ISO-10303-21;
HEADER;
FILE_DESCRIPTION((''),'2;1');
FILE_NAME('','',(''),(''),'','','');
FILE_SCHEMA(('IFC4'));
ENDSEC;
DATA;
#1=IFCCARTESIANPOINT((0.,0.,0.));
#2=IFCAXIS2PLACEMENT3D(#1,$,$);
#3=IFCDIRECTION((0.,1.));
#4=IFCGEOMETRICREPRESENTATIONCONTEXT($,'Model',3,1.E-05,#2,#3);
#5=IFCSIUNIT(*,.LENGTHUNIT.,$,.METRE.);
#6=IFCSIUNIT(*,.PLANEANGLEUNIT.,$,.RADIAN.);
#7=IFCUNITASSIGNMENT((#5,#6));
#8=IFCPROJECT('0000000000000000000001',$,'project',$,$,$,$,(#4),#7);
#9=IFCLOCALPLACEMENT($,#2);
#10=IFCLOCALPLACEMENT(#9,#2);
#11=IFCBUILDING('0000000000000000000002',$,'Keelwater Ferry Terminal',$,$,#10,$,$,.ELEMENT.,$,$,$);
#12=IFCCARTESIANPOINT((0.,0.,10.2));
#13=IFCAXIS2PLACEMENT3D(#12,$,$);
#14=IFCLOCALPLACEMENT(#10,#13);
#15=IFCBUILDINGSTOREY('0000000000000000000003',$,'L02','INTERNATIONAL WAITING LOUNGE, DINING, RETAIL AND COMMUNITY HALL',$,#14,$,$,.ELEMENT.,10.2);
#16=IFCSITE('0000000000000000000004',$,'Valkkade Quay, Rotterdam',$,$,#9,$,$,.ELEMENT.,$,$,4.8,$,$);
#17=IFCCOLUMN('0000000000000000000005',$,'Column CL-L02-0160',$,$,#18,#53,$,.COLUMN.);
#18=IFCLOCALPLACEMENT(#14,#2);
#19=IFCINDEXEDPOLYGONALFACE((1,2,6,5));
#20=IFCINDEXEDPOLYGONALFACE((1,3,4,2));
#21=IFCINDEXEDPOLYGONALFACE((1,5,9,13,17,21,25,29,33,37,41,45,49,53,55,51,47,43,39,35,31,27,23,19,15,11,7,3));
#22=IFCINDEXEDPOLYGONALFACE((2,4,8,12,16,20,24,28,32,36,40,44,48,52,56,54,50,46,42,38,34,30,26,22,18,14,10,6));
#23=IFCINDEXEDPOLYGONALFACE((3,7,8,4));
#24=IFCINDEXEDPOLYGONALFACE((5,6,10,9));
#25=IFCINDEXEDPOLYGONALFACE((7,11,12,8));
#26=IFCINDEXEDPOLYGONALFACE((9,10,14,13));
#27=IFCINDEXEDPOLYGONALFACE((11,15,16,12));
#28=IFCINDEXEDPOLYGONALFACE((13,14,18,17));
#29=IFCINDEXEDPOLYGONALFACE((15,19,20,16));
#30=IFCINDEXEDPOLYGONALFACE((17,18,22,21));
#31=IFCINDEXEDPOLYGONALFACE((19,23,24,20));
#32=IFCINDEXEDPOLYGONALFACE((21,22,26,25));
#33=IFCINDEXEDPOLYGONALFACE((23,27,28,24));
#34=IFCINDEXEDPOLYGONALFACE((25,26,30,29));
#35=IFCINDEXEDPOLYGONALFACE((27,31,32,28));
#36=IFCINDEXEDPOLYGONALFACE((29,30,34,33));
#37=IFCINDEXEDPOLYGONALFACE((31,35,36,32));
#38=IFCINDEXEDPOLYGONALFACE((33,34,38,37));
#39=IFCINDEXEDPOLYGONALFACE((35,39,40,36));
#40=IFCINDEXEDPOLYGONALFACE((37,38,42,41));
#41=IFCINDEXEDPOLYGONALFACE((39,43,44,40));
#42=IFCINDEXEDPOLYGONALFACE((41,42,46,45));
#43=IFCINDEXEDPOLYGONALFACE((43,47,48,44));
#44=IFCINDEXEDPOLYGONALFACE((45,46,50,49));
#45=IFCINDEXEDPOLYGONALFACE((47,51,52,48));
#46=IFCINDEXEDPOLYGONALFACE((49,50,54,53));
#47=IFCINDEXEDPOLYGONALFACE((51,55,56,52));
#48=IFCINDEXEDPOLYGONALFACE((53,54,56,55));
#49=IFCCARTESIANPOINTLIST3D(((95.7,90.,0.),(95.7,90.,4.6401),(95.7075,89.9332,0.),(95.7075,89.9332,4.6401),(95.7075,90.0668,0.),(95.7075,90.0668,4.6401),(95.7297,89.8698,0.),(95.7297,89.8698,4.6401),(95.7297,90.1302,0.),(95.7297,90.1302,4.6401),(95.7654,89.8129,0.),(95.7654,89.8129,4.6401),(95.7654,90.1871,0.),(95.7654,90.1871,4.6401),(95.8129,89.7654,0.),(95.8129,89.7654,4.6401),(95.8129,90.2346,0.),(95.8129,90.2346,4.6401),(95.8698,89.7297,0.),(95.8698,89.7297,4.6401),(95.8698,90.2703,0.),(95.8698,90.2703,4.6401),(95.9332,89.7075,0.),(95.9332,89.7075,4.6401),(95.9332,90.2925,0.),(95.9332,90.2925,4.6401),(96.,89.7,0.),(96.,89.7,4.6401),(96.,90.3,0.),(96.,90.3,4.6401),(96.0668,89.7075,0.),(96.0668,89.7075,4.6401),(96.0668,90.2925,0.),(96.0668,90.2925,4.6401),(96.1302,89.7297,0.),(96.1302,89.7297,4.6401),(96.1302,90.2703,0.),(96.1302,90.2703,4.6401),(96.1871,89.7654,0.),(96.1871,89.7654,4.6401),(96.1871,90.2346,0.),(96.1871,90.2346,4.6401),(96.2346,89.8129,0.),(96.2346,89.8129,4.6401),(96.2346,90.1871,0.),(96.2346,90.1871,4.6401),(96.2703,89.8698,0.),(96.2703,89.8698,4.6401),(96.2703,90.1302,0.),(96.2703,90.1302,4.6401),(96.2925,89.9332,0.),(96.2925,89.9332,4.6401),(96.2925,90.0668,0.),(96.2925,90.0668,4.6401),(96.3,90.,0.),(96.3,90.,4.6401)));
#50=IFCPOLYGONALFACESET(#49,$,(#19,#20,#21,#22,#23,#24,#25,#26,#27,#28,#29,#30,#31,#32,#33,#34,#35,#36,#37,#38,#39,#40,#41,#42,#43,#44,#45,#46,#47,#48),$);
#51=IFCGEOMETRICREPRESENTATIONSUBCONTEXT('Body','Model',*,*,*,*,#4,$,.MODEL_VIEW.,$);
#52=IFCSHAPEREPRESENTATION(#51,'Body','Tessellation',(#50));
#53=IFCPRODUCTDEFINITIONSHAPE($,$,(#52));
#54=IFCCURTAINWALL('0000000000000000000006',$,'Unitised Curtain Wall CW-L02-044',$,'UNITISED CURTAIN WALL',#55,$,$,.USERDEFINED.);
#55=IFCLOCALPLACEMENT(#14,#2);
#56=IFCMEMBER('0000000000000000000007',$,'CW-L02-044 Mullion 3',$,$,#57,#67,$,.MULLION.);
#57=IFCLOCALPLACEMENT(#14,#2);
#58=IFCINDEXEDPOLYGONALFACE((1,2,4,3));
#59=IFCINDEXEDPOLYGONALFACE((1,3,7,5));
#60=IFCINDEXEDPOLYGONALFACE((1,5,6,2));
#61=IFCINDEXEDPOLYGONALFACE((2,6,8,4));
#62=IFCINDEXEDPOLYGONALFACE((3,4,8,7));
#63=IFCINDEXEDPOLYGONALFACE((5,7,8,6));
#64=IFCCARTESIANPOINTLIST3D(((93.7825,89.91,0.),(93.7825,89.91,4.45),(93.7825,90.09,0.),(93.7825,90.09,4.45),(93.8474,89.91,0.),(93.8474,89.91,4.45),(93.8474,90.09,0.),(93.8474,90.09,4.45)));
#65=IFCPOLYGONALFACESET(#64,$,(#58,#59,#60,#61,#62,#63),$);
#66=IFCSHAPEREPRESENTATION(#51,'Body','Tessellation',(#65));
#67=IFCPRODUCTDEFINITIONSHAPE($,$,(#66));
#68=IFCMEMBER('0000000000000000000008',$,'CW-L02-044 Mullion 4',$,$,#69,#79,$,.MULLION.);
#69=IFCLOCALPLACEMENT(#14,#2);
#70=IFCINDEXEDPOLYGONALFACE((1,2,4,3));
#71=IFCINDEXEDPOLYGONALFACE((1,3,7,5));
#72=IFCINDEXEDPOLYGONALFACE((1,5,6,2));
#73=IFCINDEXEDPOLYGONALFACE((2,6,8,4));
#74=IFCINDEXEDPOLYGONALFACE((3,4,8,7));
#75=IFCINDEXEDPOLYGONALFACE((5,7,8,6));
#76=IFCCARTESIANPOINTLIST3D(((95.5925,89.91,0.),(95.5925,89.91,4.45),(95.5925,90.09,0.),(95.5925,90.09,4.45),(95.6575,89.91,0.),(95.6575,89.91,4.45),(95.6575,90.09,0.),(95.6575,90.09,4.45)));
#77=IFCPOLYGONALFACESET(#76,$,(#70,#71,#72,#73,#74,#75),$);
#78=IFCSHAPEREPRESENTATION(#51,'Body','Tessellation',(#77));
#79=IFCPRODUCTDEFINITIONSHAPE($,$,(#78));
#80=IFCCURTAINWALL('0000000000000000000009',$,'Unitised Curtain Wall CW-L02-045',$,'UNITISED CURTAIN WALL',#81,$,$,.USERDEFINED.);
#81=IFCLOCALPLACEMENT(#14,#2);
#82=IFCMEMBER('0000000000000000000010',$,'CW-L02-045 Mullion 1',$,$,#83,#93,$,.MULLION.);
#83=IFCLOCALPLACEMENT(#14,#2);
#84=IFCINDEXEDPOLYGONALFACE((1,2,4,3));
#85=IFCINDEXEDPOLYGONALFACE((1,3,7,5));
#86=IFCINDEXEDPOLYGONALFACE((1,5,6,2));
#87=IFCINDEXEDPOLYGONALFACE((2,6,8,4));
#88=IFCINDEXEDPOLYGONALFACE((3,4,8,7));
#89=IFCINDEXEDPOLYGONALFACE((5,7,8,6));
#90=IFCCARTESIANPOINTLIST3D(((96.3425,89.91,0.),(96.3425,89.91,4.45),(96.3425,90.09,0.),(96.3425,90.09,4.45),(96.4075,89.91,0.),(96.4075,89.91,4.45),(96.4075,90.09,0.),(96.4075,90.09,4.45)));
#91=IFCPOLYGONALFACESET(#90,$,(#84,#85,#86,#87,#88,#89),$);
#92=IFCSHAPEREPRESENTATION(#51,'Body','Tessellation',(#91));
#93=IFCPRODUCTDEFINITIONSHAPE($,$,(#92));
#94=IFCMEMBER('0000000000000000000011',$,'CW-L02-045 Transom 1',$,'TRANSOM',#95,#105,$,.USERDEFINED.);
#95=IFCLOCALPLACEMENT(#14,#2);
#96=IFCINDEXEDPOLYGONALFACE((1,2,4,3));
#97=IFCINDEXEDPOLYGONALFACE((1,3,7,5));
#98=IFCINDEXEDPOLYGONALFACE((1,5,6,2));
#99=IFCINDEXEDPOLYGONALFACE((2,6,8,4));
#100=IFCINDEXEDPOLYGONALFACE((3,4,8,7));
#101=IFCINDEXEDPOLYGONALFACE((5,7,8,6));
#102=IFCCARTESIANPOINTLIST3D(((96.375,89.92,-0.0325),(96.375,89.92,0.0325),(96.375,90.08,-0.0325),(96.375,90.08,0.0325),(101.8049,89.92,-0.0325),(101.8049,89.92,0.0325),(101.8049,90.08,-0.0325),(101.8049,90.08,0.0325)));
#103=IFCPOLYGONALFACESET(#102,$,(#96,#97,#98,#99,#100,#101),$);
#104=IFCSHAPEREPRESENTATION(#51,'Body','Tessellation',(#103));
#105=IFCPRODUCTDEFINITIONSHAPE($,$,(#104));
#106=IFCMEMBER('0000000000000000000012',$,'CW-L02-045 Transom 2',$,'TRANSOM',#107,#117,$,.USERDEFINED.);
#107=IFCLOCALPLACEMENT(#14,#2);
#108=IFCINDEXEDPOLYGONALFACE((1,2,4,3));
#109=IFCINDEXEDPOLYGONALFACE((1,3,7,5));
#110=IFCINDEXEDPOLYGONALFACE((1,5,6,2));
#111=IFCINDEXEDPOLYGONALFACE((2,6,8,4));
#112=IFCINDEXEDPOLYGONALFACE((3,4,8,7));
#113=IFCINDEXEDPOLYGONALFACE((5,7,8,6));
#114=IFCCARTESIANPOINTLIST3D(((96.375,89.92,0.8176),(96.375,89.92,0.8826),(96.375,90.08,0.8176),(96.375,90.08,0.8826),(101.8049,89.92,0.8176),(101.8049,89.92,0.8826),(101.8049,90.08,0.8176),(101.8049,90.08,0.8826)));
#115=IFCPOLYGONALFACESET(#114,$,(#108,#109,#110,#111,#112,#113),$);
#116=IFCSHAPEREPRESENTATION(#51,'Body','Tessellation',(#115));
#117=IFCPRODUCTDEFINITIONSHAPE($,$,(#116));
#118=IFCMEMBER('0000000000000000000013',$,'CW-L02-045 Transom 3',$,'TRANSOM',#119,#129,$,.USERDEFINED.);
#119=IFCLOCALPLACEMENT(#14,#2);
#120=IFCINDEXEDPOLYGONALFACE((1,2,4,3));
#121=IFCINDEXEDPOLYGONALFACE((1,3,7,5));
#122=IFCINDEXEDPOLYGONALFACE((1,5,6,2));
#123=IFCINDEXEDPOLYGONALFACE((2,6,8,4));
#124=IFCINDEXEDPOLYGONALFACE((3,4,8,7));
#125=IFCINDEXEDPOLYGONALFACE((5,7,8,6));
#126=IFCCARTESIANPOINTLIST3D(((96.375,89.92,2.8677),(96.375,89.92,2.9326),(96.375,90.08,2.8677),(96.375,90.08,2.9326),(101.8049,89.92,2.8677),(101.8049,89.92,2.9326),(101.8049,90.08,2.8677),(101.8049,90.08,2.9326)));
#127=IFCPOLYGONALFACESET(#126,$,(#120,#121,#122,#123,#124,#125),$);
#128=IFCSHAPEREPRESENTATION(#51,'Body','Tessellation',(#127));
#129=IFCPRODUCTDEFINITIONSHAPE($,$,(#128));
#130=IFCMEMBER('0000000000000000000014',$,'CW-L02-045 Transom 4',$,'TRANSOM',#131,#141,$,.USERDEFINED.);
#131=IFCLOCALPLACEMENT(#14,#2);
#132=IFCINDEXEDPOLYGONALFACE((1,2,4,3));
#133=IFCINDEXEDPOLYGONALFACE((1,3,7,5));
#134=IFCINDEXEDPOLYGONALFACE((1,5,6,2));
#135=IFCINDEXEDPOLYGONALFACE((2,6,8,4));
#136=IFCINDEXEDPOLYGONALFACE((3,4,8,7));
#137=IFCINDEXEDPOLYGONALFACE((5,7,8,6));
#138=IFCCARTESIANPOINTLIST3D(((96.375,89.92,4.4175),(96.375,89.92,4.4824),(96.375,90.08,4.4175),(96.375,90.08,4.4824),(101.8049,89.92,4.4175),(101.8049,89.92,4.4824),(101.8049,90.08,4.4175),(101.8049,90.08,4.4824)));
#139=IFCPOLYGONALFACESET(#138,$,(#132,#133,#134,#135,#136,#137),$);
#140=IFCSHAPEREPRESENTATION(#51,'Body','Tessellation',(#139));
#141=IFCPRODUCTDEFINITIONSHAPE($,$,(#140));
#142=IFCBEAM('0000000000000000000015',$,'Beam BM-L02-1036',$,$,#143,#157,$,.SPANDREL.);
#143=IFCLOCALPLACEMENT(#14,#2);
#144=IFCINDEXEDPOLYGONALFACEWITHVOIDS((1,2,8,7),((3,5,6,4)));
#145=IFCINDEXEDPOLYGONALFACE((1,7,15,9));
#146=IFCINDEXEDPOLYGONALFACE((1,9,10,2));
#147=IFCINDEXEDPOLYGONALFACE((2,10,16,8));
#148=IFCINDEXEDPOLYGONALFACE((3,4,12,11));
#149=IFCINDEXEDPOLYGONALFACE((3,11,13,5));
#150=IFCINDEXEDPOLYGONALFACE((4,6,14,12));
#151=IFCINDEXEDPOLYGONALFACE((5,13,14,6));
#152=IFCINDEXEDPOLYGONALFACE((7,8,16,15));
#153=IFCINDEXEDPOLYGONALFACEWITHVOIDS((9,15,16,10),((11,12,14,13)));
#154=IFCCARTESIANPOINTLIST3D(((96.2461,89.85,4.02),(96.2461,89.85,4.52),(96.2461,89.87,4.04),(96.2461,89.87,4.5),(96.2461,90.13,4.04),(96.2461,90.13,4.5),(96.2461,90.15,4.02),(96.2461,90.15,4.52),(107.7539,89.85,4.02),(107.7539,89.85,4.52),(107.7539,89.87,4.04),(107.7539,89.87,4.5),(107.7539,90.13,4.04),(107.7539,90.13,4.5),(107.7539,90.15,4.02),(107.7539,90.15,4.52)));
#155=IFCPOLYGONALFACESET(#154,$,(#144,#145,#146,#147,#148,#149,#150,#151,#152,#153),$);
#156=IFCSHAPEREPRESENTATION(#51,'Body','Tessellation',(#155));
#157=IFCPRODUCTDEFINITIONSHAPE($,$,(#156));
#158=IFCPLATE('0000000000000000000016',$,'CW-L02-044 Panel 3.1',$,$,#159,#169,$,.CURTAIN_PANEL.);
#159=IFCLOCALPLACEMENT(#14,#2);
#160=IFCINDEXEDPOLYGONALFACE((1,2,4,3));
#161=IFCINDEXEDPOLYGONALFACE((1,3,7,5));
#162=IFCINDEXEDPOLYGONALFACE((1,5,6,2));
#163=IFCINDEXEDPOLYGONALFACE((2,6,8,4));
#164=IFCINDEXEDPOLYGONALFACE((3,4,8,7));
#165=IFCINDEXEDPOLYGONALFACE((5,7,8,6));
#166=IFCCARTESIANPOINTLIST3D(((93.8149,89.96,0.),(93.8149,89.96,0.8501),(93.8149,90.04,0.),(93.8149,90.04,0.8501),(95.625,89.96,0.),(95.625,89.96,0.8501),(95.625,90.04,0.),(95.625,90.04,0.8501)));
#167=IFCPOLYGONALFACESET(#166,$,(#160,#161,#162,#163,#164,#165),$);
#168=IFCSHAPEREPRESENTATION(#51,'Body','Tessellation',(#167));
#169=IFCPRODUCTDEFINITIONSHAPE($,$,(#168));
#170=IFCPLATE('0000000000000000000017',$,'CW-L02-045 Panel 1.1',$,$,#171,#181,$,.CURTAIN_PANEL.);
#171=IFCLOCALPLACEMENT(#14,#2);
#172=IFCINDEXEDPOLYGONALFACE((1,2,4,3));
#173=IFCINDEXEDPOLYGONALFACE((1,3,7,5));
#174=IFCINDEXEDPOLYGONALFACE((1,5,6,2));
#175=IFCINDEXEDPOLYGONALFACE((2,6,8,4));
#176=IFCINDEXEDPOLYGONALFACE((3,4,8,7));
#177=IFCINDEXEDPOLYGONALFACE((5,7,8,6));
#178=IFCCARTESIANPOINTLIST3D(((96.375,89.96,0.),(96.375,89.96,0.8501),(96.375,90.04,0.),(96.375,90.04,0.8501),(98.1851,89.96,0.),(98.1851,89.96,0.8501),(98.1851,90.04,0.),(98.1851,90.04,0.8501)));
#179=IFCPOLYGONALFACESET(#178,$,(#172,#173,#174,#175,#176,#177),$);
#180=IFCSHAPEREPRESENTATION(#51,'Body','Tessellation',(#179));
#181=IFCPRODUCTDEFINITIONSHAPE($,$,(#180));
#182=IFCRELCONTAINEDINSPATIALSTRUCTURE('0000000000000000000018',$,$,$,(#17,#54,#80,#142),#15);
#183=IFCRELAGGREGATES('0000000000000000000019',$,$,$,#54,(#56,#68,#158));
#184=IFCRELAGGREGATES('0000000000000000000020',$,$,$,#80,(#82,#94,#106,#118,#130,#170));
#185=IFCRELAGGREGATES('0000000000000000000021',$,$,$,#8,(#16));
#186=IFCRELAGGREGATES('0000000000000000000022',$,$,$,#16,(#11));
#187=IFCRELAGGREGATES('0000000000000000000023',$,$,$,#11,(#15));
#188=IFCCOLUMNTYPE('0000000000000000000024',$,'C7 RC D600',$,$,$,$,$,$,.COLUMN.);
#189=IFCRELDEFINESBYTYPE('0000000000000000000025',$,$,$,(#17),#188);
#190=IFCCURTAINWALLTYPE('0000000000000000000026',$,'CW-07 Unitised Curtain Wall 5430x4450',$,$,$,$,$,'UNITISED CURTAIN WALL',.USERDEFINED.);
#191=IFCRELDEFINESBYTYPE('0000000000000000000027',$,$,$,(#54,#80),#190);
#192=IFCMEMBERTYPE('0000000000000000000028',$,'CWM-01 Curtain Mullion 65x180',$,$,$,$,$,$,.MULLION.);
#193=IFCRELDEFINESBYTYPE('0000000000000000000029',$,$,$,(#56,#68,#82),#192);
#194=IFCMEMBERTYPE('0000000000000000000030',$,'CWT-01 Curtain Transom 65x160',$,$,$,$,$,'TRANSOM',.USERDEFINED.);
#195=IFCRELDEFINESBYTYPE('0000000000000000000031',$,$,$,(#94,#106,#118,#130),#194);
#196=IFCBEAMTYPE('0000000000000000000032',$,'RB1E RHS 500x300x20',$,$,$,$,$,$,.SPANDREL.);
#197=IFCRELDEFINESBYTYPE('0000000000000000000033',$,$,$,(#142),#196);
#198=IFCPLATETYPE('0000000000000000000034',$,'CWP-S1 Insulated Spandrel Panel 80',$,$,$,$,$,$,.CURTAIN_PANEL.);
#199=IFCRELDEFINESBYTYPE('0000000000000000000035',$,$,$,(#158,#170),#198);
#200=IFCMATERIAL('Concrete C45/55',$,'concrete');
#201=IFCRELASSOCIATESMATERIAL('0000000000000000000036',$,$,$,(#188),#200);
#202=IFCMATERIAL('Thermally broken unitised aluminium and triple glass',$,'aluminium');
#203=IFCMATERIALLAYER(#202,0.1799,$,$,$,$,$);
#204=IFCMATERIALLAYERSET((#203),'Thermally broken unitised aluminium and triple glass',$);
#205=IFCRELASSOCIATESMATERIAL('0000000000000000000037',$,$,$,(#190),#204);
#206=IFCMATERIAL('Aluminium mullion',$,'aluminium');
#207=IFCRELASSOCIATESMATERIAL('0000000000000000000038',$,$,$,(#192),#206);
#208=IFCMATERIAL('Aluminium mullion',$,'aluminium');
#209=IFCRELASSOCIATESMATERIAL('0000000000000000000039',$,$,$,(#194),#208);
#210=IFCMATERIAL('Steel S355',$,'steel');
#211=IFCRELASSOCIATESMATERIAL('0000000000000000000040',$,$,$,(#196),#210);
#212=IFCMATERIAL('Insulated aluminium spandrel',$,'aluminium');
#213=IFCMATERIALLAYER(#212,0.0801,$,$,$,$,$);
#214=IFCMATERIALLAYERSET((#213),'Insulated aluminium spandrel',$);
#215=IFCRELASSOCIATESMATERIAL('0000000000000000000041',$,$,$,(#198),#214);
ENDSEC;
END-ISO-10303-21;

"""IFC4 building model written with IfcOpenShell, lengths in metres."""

from ifc_helpers import new_model, si_unit, direction, frame, origin, origin_2d, place, context, subcontext, project, spatial, rectangle, hollow_rectangle, circle, extrude, material, layer, layer_set, material_profile, profile_set, type_object, element, aggregate, save


model = new_model("IFC4")

# Units and contexts
model_context = context("Model", 3, precision=1e-05, world=origin(), true_north=direction((0.0, 1.0)))
body_context = subcontext(model_context, "Body", "Model", "MODEL_VIEW")
ifc_project = project(units=[si_unit("LENGTHUNIT", "METRE"), si_unit("PLANEANGLEUNIT", "RADIAN")], contexts=[model_context])

# Site, building, storey
site_placement = place(None, origin())
site = spatial("IfcSite", under=ifc_project, at=site_placement, Name="Valkkade Quay, Rotterdam", CompositionType="ELEMENT", RefElevation=4.8)
building_placement = place(site_placement, origin())
building = spatial("IfcBuilding", under=site, at=building_placement, Name="Keelwater Ferry Terminal", CompositionType="ELEMENT")
storey_placement = place(building_placement, frame((0.0, 0.0, 10.2)))
storey = spatial("IfcBuildingStorey", under=building, at=storey_placement, Name="L02", Description="INTERNATIONAL WAITING LOUNGE, DINING, RETAIL AND COMMUNITY HALL", CompositionType="ELEMENT", Elevation=10.2)

# Column
ifc_material_1 = material(Name="Concrete C45/55", Category="concrete")
ifc_material_profile_1 = material_profile(ifc_material_1, circle(Radius=0.3, at=origin_2d()), Name="RC D600")
ifc_profile_set_1 = profile_set([ifc_material_profile_1], Name="Concrete C45/55")
column_type = type_object("IfcColumnType", Name="C7 RC D600", PredefinedType="COLUMN", material=ifc_profile_set_1)
column_placement = place(storey_placement, frame((96.0, 90.0, 0.0), z_axis=(0.0, 0.0, 1.0), x_axis=(1.0, 0.0, 0.0)))
element("IfcColumn", 1, at=column_placement, inside=storey, type_object=column_type, Name="Column CL-L02-0160", PredefinedType="COLUMN", context=body_context, shape_type="SweptSolid", body=[
    extrude(circle(Radius=0.3, at=origin_2d()), origin(), (0.0, 0.0, 1.0), 4.6401),
])

# Curtain walls, members
ifc_material_2 = material(Name="Thermally broken unitised aluminium and triple glass", Category="aluminium")
ifc_layer_1 = layer(ifc_material_2, 0.1799)
ifc_layer_set_1 = layer_set([ifc_layer_1], Name="Thermally broken unitised aluminium and triple glass")
curtain_wall_type = type_object("IfcCurtainWallType", Name="CW-07 Unitised Curtain Wall 5430x4450", ElementType="UNITISED CURTAIN WALL", PredefinedType="USERDEFINED", material=ifc_layer_set_1)
curtain_wall_1_placement = place(storey_placement, origin())
curtain_wall_1 = element("IfcCurtainWall", 2, at=curtain_wall_1_placement, inside=storey, type_object=curtain_wall_type, Name="Unitised Curtain Wall CW-L02-044", ObjectType="UNITISED CURTAIN WALL", PredefinedType="USERDEFINED")
ifc_material_3 = material(Name="Aluminium mullion", Category="aluminium")
ifc_material_profile_2 = material_profile(ifc_material_3, rectangle(XDim=0.0649, YDim=0.1799, at=origin_2d()), Name="CWM-01")
ifc_profile_set_2 = profile_set([ifc_material_profile_2], Name="Aluminium mullion")
member_type_1 = type_object("IfcMemberType", Name="CWM-01 Curtain Mullion 65x180", PredefinedType="MULLION", material=ifc_profile_set_2)
member_1_placement = place(storey_placement, frame((93.8149, 90.0, 0.0), z_axis=(0.0, 0.0, 1.0), x_axis=(1.0, 0.0, 0.0)))
member_1 = element("IfcMember", 3, at=member_1_placement, type_object=member_type_1, Name="CW-L02-044 Mullion 3", PredefinedType="MULLION", context=body_context, shape_type="SweptSolid", body=[
    extrude(rectangle(XDim=0.0649, YDim=0.1799, at=origin_2d()), origin(), (0.0, 0.0, 1.0), 4.45),
])
member_2_placement = place(storey_placement, frame((95.625, 90.0, 0.0), z_axis=(0.0, 0.0, 1.0), x_axis=(1.0, 0.0, 0.0)))
member_2 = element("IfcMember", 4, at=member_2_placement, type_object=member_type_1, Name="CW-L02-044 Mullion 4", PredefinedType="MULLION", context=body_context, shape_type="SweptSolid", body=[
    extrude(rectangle(XDim=0.0649, YDim=0.1799, at=origin_2d()), origin(), (0.0, 0.0, 1.0), 4.45),
])
curtain_wall_2_placement = place(storey_placement, origin())
curtain_wall_2 = element("IfcCurtainWall", 5, at=curtain_wall_2_placement, inside=storey, type_object=curtain_wall_type, Name="Unitised Curtain Wall CW-L02-045", ObjectType="UNITISED CURTAIN WALL", PredefinedType="USERDEFINED")
member_3_placement = place(storey_placement, frame((96.375, 90.0, 0.0), z_axis=(0.0, 0.0, 1.0), x_axis=(1.0, 0.0, 0.0)))
member_3 = element("IfcMember", 6, at=member_3_placement, type_object=member_type_1, Name="CW-L02-045 Mullion 1", PredefinedType="MULLION", context=body_context, shape_type="SweptSolid", body=[
    extrude(rectangle(XDim=0.0649, YDim=0.1799, at=origin_2d()), origin(), (0.0, 0.0, 1.0), 4.45),
])
ifc_material_4 = material(Name="Aluminium mullion", Category="aluminium")
ifc_material_profile_3 = material_profile(ifc_material_4, rectangle(XDim=0.1599, YDim=0.0649, at=origin_2d()), Name="CWT-01")
ifc_profile_set_3 = profile_set([ifc_material_profile_3], Name="Aluminium mullion")
member_type_2 = type_object("IfcMemberType", Name="CWT-01 Curtain Transom 65x160", ElementType="TRANSOM", PredefinedType="USERDEFINED", material=ifc_profile_set_3)
member_4_placement = place(storey_placement, frame((96.375, 90.0, 0.0), z_axis=(1.0, 0.0, 0.0), x_axis=(0.0, 1.0, 0.0)))
member_4 = element("IfcMember", 7, at=member_4_placement, type_object=member_type_2, Name="CW-L02-045 Transom 1", ObjectType="TRANSOM", PredefinedType="USERDEFINED", context=body_context, shape_type="SweptSolid", body=[
    extrude(rectangle(XDim=0.1599, YDim=0.0649, at=origin_2d()), origin(), (0.0, 0.0, 1.0), 5.4299),
])
member_5_placement = place(storey_placement, frame((96.375, 90.0, 0.8501), z_axis=(1.0, 0.0, 0.0), x_axis=(0.0, 1.0, 0.0)))
member_5 = element("IfcMember", 8, at=member_5_placement, type_object=member_type_2, Name="CW-L02-045 Transom 2", ObjectType="TRANSOM", PredefinedType="USERDEFINED", context=body_context, shape_type="SweptSolid", body=[
    extrude(rectangle(XDim=0.1599, YDim=0.0649, at=origin_2d()), origin(), (0.0, 0.0, 1.0), 5.4299),
])
member_6_placement = place(storey_placement, frame((96.375, 90.0, 2.9001), z_axis=(1.0, 0.0, 0.0), x_axis=(0.0, 1.0, 0.0)))
member_6 = element("IfcMember", 9, at=member_6_placement, type_object=member_type_2, Name="CW-L02-045 Transom 3", ObjectType="TRANSOM", PredefinedType="USERDEFINED", context=body_context, shape_type="SweptSolid", body=[
    extrude(rectangle(XDim=0.1599, YDim=0.0649, at=origin_2d()), origin(), (0.0, 0.0, 1.0), 5.4299),
])
member_7_placement = place(storey_placement, frame((96.375, 90.0, 4.45), z_axis=(1.0, 0.0, 0.0), x_axis=(0.0, 1.0, 0.0)))
member_7 = element("IfcMember", 10, at=member_7_placement, type_object=member_type_2, Name="CW-L02-045 Transom 4", ObjectType="TRANSOM", PredefinedType="USERDEFINED", context=body_context, shape_type="SweptSolid", body=[
    extrude(rectangle(XDim=0.1599, YDim=0.0649, at=origin_2d()), origin(), (0.0, 0.0, 1.0), 5.4299),
])

# Beam
ifc_material_5 = material(Name="Steel S355", Category="steel")
ifc_material_profile_4 = material_profile(ifc_material_5, hollow_rectangle(XDim=0.3, YDim=0.5, WallThickness=0.02, at=origin_2d()), Name="RHS 500x300x20")
ifc_profile_set_4 = profile_set([ifc_material_profile_4], Name="Steel S355")
beam_type = type_object("IfcBeamType", Name="RB1E RHS 500x300x20", PredefinedType="SPANDREL", material=ifc_profile_set_4)
beam_placement = place(storey_placement, frame((96.2461, 90.0, 4.27), z_axis=(1.0, 0.0, 0.0), x_axis=(0.0, 1.0, 0.0)))
element("IfcBeam", 11, at=beam_placement, inside=storey, type_object=beam_type, Name="Beam BM-L02-1036", PredefinedType="SPANDREL", context=body_context, shape_type="SweptSolid", body=[
    extrude(hollow_rectangle(XDim=0.3, YDim=0.5, WallThickness=0.02, at=origin_2d()), origin(), (0.0, 0.0, 1.0), 11.5078),
])

# Plates
ifc_material_6 = material(Name="Insulated aluminium spandrel", Category="aluminium")
ifc_layer_2 = layer(ifc_material_6, 0.0801)
ifc_layer_set_2 = layer_set([ifc_layer_2], Name="Insulated aluminium spandrel")
plate_type_1 = type_object("IfcPlateType", Name="CWP-S1 Insulated Spandrel Panel 80", PredefinedType="CURTAIN_PANEL", material=ifc_layer_set_2)
plate_1_placement = place(storey_placement, frame((94.72, 90.0, 0.0), z_axis=(0.0, 0.0, 1.0), x_axis=(1.0, 0.0, 0.0)))
plate_1 = element("IfcPlate", 12, at=plate_1_placement, type_object=plate_type_1, Name="CW-L02-044 Panel 3.1", PredefinedType="CURTAIN_PANEL", context=body_context, shape_type="SweptSolid", body=[
    extrude(rectangle(XDim=1.8101, YDim=0.0801, at=origin_2d()), origin(), (0.0, 0.0, 1.0), 0.8501),
])
plate_2_placement = place(storey_placement, frame((97.28, 90.0, 0.0), z_axis=(0.0, 0.0, 1.0), x_axis=(1.0, 0.0, 0.0)))
plate_2 = element("IfcPlate", 13, at=plate_2_placement, type_object=plate_type_1, Name="CW-L02-045 Panel 1.1", PredefinedType="CURTAIN_PANEL", context=body_context, shape_type="SweptSolid", body=[
    extrude(rectangle(XDim=1.8101, YDim=0.0801, at=origin_2d()), origin(), (0.0, 0.0, 1.0), 0.8501),
])
aggregate(curtain_wall_1, [member_1, member_2, plate_1])
aggregate(curtain_wall_2, [member_3, member_4, member_5, member_6, member_7, plate_2])

save(model, "model.ifc")
